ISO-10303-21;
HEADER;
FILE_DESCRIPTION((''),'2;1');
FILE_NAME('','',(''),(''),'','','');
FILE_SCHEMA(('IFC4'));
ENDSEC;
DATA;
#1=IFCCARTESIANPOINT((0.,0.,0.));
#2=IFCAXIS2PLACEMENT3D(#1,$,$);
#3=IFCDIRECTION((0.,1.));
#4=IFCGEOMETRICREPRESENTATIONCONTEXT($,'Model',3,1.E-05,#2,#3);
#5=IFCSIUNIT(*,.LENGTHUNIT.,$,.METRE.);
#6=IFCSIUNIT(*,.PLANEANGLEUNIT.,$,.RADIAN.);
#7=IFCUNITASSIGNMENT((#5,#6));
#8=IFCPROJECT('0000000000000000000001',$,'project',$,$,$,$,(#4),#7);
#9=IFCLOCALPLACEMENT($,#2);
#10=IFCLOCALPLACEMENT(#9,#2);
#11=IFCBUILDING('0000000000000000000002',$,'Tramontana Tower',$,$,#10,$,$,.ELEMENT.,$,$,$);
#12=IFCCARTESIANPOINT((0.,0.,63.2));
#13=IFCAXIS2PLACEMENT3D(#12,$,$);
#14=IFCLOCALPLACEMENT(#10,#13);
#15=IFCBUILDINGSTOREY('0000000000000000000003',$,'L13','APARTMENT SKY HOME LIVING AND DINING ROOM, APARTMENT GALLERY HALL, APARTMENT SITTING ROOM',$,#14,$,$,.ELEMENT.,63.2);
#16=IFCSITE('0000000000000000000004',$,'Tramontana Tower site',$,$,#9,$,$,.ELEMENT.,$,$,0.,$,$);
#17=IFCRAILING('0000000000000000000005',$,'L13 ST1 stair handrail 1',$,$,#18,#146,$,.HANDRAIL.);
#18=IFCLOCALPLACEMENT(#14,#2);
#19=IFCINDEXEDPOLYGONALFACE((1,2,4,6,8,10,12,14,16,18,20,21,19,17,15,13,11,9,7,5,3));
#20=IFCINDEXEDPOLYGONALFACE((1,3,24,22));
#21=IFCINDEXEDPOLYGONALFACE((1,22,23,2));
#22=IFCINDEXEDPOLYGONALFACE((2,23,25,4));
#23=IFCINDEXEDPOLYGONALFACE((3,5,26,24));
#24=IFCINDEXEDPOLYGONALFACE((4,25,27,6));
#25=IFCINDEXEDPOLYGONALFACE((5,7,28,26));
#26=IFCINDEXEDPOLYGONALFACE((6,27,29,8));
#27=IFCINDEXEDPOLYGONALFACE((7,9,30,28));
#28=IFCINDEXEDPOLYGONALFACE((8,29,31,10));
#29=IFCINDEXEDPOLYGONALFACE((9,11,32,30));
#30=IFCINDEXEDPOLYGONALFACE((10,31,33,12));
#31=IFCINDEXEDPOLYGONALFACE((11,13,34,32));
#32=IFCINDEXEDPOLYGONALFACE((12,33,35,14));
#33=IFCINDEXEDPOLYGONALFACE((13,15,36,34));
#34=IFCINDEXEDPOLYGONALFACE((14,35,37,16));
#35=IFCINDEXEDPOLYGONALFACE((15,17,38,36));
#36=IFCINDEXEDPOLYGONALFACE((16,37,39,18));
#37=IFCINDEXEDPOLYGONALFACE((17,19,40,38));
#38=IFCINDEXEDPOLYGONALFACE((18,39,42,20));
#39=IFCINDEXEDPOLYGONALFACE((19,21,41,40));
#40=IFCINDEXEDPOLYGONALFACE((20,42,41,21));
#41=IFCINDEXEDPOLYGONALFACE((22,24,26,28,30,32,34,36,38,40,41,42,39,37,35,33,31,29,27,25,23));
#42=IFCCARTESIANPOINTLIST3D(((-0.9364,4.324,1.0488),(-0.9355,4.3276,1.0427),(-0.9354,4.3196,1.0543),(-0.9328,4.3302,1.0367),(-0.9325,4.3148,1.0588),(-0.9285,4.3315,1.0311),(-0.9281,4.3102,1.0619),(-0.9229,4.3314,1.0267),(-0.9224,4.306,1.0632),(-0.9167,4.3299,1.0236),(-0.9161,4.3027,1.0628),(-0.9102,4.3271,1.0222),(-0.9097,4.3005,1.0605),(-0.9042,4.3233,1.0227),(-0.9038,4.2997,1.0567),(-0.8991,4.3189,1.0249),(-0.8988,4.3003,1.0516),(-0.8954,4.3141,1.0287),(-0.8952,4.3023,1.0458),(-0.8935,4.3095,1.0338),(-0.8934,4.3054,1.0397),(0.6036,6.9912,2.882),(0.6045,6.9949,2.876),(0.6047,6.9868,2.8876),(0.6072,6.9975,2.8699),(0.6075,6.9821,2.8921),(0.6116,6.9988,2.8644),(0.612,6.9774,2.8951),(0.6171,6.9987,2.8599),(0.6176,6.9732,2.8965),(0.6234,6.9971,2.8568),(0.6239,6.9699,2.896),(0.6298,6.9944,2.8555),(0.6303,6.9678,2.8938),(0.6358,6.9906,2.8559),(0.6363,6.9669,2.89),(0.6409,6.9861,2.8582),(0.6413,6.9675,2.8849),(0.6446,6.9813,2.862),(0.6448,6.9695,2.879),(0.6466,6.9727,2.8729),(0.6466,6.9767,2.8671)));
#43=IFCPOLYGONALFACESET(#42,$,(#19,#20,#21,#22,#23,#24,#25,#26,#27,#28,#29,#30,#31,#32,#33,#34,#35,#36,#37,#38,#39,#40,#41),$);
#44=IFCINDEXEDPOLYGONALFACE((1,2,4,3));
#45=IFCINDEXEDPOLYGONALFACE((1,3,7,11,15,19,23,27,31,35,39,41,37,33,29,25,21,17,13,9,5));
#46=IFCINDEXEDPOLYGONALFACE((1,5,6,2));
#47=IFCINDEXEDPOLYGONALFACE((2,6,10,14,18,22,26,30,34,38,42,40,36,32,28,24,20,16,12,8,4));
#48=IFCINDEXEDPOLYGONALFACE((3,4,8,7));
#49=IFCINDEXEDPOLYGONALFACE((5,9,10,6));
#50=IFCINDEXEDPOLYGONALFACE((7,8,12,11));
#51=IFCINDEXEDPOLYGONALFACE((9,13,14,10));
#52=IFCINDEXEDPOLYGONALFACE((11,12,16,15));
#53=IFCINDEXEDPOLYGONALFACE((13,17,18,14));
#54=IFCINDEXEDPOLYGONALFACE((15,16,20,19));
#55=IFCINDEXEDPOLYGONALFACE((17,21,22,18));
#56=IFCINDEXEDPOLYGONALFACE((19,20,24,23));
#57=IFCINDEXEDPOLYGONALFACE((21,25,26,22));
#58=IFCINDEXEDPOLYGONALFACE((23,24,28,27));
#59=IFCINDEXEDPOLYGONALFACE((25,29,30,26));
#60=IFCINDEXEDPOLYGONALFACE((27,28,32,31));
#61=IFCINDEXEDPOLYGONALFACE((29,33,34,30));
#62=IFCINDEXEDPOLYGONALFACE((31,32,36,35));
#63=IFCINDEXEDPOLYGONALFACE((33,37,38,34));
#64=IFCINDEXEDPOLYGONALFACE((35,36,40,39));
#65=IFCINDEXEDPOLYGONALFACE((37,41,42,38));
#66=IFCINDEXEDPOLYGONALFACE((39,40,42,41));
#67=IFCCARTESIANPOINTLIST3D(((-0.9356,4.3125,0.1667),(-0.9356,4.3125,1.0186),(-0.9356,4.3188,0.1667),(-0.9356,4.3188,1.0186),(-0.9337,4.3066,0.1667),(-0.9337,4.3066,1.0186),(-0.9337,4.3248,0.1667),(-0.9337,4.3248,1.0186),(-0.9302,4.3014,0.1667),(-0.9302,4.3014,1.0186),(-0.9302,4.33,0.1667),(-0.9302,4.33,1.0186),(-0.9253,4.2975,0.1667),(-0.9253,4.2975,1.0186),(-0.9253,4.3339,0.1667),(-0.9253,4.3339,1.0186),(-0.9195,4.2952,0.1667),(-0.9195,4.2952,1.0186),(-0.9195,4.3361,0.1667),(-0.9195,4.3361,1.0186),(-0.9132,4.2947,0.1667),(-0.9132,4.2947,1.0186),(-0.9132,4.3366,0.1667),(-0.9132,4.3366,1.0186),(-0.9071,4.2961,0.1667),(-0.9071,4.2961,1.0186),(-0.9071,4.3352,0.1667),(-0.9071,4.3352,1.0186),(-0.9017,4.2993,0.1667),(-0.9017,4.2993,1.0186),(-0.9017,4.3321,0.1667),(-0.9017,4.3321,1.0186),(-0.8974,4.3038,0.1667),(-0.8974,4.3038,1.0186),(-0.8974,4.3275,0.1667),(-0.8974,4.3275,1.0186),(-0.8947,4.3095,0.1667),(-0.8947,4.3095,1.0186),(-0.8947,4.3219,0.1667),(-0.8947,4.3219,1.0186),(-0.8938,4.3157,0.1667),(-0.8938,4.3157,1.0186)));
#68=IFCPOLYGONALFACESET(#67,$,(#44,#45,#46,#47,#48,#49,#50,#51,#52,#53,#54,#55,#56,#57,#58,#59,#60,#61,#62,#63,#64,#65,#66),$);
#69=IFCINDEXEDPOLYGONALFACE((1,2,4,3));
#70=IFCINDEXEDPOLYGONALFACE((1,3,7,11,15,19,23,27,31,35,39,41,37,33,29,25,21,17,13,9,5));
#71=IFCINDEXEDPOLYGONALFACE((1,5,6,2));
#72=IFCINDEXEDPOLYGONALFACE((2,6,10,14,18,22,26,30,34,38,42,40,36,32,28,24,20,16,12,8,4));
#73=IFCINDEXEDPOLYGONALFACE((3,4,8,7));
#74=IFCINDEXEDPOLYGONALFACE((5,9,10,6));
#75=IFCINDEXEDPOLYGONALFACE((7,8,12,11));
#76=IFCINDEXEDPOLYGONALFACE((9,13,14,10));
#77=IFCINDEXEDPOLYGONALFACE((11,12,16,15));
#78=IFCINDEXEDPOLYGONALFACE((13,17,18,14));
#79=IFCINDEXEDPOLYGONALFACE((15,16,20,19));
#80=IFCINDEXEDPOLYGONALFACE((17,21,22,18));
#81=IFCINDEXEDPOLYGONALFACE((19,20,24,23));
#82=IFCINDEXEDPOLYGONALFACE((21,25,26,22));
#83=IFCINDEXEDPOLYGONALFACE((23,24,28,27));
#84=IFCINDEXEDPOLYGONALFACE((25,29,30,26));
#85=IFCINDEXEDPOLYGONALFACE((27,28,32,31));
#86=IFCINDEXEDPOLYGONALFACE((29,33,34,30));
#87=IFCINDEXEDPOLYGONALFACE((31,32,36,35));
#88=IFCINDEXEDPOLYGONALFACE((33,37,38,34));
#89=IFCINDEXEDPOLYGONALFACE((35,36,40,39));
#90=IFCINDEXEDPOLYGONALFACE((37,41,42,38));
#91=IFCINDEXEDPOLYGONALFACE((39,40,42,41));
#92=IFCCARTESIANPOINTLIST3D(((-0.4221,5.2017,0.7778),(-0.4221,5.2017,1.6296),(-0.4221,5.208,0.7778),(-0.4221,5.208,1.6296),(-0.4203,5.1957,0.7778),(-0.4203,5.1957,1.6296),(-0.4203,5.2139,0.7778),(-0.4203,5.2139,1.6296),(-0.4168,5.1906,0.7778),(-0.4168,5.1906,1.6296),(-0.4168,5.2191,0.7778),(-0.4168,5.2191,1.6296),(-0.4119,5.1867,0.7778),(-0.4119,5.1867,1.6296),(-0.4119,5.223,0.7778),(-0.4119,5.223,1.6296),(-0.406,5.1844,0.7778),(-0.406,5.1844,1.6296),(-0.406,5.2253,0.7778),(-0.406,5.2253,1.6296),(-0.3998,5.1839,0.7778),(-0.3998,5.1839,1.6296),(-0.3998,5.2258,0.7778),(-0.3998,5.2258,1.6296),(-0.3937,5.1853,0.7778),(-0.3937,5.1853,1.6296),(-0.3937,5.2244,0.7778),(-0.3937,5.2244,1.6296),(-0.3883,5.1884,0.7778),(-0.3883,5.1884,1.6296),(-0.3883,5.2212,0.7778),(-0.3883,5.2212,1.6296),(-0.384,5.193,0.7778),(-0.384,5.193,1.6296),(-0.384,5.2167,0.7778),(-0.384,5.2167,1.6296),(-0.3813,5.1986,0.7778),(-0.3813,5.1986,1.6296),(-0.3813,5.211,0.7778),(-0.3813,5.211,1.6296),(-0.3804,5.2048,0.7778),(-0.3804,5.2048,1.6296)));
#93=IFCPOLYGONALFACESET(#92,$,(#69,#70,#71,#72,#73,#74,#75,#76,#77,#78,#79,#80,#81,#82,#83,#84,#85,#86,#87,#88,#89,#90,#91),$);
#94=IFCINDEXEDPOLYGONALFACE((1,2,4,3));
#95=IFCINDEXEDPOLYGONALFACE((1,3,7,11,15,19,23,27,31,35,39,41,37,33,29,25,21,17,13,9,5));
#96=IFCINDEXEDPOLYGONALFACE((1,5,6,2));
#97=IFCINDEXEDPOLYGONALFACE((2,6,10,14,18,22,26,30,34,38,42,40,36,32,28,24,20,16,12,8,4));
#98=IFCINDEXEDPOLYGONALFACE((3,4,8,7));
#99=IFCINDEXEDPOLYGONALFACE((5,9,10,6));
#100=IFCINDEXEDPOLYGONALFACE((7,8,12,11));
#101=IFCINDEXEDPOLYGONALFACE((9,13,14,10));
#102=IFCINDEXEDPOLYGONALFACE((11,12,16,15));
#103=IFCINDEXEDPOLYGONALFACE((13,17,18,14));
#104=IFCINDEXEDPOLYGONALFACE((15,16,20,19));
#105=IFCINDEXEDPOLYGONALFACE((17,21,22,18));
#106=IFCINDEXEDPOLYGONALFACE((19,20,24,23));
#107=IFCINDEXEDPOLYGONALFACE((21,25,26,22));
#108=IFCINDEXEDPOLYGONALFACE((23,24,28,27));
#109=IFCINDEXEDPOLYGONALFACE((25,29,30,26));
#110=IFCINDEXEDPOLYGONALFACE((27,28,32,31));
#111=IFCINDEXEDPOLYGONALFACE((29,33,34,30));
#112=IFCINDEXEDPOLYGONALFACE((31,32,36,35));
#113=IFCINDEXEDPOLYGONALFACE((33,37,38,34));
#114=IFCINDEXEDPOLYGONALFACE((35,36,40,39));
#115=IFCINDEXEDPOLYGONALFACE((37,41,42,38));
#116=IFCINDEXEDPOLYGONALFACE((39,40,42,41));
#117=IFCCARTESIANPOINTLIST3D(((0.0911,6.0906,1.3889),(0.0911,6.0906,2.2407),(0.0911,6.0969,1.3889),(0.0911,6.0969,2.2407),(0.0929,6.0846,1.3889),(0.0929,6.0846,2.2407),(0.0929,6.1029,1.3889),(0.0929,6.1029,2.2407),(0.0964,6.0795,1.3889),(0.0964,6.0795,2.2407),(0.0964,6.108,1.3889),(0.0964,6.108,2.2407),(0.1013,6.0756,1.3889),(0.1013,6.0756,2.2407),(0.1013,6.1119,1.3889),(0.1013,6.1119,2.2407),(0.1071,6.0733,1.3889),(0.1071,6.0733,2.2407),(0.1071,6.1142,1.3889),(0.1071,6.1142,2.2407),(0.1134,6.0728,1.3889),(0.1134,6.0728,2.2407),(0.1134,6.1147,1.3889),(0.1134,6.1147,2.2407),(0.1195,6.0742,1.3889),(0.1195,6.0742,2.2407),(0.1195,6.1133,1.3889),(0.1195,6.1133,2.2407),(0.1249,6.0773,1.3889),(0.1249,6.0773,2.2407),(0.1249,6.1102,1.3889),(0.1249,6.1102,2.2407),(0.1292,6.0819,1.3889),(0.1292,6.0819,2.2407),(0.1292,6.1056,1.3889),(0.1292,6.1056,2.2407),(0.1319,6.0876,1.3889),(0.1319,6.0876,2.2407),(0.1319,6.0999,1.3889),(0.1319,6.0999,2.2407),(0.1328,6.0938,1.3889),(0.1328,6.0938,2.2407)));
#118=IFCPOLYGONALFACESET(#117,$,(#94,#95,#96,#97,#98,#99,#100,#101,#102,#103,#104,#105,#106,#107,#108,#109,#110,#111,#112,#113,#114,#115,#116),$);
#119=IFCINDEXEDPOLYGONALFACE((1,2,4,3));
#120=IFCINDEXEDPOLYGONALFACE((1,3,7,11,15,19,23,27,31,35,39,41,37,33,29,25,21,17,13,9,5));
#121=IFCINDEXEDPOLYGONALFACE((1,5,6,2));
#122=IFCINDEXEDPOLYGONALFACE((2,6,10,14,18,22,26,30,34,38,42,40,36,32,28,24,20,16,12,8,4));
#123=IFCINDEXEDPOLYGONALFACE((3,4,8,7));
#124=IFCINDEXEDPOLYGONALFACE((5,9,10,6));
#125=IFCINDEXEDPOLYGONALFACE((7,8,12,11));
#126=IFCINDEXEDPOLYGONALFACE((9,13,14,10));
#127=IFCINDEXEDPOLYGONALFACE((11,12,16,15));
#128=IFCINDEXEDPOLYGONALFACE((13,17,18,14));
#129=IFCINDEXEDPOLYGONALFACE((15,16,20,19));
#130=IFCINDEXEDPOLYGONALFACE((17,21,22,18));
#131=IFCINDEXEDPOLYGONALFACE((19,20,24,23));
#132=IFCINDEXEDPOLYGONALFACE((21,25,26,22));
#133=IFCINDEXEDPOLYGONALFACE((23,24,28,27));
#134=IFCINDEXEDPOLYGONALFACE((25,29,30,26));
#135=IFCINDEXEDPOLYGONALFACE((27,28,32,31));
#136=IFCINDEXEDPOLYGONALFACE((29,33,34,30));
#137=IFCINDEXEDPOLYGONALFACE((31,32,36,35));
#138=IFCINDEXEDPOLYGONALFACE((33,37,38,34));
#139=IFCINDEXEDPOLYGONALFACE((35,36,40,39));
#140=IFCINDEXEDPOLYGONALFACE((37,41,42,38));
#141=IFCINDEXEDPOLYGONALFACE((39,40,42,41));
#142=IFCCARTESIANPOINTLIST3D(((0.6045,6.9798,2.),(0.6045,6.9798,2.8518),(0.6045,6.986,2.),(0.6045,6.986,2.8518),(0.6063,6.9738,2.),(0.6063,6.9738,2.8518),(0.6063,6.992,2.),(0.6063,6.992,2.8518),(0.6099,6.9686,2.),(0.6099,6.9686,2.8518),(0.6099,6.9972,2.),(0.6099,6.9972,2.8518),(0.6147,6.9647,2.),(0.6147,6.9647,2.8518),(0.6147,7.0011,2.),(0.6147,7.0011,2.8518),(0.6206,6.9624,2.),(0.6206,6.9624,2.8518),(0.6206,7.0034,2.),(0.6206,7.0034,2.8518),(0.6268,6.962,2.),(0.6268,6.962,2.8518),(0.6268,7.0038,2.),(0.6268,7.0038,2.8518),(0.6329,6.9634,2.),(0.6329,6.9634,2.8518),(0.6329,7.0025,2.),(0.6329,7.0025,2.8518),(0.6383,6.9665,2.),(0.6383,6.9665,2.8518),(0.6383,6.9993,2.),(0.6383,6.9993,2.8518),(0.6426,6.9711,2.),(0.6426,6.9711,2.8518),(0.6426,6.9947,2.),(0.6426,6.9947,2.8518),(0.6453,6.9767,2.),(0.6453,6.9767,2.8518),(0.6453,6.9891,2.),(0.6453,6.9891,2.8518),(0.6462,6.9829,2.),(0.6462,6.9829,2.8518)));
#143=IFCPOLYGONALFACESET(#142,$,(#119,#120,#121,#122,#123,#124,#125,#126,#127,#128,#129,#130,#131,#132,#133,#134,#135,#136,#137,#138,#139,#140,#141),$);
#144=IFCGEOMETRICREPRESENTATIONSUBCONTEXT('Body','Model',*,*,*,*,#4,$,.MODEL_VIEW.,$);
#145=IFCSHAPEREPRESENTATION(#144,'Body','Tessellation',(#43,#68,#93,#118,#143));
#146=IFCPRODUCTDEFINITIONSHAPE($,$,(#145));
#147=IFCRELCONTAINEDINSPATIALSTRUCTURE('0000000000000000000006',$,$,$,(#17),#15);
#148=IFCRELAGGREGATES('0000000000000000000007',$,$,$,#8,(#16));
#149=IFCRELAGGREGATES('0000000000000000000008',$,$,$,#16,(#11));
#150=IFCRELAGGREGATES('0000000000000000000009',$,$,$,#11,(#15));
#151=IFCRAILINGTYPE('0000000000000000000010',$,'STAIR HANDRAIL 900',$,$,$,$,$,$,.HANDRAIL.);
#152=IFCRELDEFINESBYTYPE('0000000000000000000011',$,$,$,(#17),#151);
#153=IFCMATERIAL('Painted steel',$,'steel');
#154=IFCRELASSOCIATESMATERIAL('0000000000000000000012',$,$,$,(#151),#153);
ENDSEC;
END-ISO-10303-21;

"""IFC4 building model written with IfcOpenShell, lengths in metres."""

from ifc_helpers import new_model, si_unit, direction, frame, origin, origin_2d, place, context, subcontext, project, spatial, circle, extrude, material, type_object, element, save


model = new_model("IFC4")

# Units and contexts
model_context = context("Model", 3, precision=1e-05, world=origin(), true_north=direction((0.0, 1.0)))
body_context = subcontext(model_context, "Body", "Model", "MODEL_VIEW")
ifc_project = project(units=[si_unit("LENGTHUNIT", "METRE"), si_unit("PLANEANGLEUNIT", "RADIAN")], contexts=[model_context])

# Site, building, storey
site_placement = place(None, origin())
site = spatial("IfcSite", under=ifc_project, at=site_placement, Name="Tramontana Tower site", CompositionType="ELEMENT", RefElevation=0.0)
building_placement = place(site_placement, origin())
building = spatial("IfcBuilding", under=site, at=building_placement, Name="Tramontana Tower", CompositionType="ELEMENT")
storey_placement = place(building_placement, frame((0.0, 0.0, 63.2)))
storey = spatial("IfcBuildingStorey", under=building, at=storey_placement, Name="L13", Description="APARTMENT SKY HOME LIVING AND DINING ROOM, APARTMENT GALLERY HALL, APARTMENT SITTING ROOM", CompositionType="ELEMENT", Elevation=63.2)

# Railing
ifc_material_1 = material(Name="Painted steel", Category="steel")
railing_type_1 = type_object("IfcRailingType", Name="STAIR HANDRAIL 900", PredefinedType="HANDRAIL", material=ifc_material_1)
railing_1_placement = place(storey_placement, frame((-0.9148, 4.3157, 0.1667)))
element("IfcRailing", 1, at=railing_1_placement, inside=storey, type_object=railing_type_1, Name="L13 ST1 stair handrail 1", PredefinedType="HANDRAIL", context=body_context, shape_type="SweptSolid", body=[
    extrude(circle(Radius=0.0239, at=origin_2d()), frame((0.0, 0.0, 0.876), z_axis=(0.429671, 0.744159, 0.511478), x_axis=(-0.86601, 0.500027, 0.0)), (0.0, 0.0, 1.0), 3.5842),
    extrude(circle(Radius=0.021, at=origin_2d()), origin(), (0.0, 0.0, 1.0), 0.8518),
    extrude(circle(Radius=0.021, at=origin_2d()), frame((0.5134, 0.8892, 0.6111)), (0.0, 0.0, 1.0), 0.8518),
    extrude(circle(Radius=0.021, at=origin_2d()), frame((1.0266, 1.7781, 1.2222)), (0.0, 0.0, 1.0), 0.8518),
    extrude(circle(Radius=0.021, at=origin_2d()), frame((1.54, 2.6672, 1.8333)), (0.0, 0.0, 1.0), 0.8518),
])

save(model, "model.ifc")
